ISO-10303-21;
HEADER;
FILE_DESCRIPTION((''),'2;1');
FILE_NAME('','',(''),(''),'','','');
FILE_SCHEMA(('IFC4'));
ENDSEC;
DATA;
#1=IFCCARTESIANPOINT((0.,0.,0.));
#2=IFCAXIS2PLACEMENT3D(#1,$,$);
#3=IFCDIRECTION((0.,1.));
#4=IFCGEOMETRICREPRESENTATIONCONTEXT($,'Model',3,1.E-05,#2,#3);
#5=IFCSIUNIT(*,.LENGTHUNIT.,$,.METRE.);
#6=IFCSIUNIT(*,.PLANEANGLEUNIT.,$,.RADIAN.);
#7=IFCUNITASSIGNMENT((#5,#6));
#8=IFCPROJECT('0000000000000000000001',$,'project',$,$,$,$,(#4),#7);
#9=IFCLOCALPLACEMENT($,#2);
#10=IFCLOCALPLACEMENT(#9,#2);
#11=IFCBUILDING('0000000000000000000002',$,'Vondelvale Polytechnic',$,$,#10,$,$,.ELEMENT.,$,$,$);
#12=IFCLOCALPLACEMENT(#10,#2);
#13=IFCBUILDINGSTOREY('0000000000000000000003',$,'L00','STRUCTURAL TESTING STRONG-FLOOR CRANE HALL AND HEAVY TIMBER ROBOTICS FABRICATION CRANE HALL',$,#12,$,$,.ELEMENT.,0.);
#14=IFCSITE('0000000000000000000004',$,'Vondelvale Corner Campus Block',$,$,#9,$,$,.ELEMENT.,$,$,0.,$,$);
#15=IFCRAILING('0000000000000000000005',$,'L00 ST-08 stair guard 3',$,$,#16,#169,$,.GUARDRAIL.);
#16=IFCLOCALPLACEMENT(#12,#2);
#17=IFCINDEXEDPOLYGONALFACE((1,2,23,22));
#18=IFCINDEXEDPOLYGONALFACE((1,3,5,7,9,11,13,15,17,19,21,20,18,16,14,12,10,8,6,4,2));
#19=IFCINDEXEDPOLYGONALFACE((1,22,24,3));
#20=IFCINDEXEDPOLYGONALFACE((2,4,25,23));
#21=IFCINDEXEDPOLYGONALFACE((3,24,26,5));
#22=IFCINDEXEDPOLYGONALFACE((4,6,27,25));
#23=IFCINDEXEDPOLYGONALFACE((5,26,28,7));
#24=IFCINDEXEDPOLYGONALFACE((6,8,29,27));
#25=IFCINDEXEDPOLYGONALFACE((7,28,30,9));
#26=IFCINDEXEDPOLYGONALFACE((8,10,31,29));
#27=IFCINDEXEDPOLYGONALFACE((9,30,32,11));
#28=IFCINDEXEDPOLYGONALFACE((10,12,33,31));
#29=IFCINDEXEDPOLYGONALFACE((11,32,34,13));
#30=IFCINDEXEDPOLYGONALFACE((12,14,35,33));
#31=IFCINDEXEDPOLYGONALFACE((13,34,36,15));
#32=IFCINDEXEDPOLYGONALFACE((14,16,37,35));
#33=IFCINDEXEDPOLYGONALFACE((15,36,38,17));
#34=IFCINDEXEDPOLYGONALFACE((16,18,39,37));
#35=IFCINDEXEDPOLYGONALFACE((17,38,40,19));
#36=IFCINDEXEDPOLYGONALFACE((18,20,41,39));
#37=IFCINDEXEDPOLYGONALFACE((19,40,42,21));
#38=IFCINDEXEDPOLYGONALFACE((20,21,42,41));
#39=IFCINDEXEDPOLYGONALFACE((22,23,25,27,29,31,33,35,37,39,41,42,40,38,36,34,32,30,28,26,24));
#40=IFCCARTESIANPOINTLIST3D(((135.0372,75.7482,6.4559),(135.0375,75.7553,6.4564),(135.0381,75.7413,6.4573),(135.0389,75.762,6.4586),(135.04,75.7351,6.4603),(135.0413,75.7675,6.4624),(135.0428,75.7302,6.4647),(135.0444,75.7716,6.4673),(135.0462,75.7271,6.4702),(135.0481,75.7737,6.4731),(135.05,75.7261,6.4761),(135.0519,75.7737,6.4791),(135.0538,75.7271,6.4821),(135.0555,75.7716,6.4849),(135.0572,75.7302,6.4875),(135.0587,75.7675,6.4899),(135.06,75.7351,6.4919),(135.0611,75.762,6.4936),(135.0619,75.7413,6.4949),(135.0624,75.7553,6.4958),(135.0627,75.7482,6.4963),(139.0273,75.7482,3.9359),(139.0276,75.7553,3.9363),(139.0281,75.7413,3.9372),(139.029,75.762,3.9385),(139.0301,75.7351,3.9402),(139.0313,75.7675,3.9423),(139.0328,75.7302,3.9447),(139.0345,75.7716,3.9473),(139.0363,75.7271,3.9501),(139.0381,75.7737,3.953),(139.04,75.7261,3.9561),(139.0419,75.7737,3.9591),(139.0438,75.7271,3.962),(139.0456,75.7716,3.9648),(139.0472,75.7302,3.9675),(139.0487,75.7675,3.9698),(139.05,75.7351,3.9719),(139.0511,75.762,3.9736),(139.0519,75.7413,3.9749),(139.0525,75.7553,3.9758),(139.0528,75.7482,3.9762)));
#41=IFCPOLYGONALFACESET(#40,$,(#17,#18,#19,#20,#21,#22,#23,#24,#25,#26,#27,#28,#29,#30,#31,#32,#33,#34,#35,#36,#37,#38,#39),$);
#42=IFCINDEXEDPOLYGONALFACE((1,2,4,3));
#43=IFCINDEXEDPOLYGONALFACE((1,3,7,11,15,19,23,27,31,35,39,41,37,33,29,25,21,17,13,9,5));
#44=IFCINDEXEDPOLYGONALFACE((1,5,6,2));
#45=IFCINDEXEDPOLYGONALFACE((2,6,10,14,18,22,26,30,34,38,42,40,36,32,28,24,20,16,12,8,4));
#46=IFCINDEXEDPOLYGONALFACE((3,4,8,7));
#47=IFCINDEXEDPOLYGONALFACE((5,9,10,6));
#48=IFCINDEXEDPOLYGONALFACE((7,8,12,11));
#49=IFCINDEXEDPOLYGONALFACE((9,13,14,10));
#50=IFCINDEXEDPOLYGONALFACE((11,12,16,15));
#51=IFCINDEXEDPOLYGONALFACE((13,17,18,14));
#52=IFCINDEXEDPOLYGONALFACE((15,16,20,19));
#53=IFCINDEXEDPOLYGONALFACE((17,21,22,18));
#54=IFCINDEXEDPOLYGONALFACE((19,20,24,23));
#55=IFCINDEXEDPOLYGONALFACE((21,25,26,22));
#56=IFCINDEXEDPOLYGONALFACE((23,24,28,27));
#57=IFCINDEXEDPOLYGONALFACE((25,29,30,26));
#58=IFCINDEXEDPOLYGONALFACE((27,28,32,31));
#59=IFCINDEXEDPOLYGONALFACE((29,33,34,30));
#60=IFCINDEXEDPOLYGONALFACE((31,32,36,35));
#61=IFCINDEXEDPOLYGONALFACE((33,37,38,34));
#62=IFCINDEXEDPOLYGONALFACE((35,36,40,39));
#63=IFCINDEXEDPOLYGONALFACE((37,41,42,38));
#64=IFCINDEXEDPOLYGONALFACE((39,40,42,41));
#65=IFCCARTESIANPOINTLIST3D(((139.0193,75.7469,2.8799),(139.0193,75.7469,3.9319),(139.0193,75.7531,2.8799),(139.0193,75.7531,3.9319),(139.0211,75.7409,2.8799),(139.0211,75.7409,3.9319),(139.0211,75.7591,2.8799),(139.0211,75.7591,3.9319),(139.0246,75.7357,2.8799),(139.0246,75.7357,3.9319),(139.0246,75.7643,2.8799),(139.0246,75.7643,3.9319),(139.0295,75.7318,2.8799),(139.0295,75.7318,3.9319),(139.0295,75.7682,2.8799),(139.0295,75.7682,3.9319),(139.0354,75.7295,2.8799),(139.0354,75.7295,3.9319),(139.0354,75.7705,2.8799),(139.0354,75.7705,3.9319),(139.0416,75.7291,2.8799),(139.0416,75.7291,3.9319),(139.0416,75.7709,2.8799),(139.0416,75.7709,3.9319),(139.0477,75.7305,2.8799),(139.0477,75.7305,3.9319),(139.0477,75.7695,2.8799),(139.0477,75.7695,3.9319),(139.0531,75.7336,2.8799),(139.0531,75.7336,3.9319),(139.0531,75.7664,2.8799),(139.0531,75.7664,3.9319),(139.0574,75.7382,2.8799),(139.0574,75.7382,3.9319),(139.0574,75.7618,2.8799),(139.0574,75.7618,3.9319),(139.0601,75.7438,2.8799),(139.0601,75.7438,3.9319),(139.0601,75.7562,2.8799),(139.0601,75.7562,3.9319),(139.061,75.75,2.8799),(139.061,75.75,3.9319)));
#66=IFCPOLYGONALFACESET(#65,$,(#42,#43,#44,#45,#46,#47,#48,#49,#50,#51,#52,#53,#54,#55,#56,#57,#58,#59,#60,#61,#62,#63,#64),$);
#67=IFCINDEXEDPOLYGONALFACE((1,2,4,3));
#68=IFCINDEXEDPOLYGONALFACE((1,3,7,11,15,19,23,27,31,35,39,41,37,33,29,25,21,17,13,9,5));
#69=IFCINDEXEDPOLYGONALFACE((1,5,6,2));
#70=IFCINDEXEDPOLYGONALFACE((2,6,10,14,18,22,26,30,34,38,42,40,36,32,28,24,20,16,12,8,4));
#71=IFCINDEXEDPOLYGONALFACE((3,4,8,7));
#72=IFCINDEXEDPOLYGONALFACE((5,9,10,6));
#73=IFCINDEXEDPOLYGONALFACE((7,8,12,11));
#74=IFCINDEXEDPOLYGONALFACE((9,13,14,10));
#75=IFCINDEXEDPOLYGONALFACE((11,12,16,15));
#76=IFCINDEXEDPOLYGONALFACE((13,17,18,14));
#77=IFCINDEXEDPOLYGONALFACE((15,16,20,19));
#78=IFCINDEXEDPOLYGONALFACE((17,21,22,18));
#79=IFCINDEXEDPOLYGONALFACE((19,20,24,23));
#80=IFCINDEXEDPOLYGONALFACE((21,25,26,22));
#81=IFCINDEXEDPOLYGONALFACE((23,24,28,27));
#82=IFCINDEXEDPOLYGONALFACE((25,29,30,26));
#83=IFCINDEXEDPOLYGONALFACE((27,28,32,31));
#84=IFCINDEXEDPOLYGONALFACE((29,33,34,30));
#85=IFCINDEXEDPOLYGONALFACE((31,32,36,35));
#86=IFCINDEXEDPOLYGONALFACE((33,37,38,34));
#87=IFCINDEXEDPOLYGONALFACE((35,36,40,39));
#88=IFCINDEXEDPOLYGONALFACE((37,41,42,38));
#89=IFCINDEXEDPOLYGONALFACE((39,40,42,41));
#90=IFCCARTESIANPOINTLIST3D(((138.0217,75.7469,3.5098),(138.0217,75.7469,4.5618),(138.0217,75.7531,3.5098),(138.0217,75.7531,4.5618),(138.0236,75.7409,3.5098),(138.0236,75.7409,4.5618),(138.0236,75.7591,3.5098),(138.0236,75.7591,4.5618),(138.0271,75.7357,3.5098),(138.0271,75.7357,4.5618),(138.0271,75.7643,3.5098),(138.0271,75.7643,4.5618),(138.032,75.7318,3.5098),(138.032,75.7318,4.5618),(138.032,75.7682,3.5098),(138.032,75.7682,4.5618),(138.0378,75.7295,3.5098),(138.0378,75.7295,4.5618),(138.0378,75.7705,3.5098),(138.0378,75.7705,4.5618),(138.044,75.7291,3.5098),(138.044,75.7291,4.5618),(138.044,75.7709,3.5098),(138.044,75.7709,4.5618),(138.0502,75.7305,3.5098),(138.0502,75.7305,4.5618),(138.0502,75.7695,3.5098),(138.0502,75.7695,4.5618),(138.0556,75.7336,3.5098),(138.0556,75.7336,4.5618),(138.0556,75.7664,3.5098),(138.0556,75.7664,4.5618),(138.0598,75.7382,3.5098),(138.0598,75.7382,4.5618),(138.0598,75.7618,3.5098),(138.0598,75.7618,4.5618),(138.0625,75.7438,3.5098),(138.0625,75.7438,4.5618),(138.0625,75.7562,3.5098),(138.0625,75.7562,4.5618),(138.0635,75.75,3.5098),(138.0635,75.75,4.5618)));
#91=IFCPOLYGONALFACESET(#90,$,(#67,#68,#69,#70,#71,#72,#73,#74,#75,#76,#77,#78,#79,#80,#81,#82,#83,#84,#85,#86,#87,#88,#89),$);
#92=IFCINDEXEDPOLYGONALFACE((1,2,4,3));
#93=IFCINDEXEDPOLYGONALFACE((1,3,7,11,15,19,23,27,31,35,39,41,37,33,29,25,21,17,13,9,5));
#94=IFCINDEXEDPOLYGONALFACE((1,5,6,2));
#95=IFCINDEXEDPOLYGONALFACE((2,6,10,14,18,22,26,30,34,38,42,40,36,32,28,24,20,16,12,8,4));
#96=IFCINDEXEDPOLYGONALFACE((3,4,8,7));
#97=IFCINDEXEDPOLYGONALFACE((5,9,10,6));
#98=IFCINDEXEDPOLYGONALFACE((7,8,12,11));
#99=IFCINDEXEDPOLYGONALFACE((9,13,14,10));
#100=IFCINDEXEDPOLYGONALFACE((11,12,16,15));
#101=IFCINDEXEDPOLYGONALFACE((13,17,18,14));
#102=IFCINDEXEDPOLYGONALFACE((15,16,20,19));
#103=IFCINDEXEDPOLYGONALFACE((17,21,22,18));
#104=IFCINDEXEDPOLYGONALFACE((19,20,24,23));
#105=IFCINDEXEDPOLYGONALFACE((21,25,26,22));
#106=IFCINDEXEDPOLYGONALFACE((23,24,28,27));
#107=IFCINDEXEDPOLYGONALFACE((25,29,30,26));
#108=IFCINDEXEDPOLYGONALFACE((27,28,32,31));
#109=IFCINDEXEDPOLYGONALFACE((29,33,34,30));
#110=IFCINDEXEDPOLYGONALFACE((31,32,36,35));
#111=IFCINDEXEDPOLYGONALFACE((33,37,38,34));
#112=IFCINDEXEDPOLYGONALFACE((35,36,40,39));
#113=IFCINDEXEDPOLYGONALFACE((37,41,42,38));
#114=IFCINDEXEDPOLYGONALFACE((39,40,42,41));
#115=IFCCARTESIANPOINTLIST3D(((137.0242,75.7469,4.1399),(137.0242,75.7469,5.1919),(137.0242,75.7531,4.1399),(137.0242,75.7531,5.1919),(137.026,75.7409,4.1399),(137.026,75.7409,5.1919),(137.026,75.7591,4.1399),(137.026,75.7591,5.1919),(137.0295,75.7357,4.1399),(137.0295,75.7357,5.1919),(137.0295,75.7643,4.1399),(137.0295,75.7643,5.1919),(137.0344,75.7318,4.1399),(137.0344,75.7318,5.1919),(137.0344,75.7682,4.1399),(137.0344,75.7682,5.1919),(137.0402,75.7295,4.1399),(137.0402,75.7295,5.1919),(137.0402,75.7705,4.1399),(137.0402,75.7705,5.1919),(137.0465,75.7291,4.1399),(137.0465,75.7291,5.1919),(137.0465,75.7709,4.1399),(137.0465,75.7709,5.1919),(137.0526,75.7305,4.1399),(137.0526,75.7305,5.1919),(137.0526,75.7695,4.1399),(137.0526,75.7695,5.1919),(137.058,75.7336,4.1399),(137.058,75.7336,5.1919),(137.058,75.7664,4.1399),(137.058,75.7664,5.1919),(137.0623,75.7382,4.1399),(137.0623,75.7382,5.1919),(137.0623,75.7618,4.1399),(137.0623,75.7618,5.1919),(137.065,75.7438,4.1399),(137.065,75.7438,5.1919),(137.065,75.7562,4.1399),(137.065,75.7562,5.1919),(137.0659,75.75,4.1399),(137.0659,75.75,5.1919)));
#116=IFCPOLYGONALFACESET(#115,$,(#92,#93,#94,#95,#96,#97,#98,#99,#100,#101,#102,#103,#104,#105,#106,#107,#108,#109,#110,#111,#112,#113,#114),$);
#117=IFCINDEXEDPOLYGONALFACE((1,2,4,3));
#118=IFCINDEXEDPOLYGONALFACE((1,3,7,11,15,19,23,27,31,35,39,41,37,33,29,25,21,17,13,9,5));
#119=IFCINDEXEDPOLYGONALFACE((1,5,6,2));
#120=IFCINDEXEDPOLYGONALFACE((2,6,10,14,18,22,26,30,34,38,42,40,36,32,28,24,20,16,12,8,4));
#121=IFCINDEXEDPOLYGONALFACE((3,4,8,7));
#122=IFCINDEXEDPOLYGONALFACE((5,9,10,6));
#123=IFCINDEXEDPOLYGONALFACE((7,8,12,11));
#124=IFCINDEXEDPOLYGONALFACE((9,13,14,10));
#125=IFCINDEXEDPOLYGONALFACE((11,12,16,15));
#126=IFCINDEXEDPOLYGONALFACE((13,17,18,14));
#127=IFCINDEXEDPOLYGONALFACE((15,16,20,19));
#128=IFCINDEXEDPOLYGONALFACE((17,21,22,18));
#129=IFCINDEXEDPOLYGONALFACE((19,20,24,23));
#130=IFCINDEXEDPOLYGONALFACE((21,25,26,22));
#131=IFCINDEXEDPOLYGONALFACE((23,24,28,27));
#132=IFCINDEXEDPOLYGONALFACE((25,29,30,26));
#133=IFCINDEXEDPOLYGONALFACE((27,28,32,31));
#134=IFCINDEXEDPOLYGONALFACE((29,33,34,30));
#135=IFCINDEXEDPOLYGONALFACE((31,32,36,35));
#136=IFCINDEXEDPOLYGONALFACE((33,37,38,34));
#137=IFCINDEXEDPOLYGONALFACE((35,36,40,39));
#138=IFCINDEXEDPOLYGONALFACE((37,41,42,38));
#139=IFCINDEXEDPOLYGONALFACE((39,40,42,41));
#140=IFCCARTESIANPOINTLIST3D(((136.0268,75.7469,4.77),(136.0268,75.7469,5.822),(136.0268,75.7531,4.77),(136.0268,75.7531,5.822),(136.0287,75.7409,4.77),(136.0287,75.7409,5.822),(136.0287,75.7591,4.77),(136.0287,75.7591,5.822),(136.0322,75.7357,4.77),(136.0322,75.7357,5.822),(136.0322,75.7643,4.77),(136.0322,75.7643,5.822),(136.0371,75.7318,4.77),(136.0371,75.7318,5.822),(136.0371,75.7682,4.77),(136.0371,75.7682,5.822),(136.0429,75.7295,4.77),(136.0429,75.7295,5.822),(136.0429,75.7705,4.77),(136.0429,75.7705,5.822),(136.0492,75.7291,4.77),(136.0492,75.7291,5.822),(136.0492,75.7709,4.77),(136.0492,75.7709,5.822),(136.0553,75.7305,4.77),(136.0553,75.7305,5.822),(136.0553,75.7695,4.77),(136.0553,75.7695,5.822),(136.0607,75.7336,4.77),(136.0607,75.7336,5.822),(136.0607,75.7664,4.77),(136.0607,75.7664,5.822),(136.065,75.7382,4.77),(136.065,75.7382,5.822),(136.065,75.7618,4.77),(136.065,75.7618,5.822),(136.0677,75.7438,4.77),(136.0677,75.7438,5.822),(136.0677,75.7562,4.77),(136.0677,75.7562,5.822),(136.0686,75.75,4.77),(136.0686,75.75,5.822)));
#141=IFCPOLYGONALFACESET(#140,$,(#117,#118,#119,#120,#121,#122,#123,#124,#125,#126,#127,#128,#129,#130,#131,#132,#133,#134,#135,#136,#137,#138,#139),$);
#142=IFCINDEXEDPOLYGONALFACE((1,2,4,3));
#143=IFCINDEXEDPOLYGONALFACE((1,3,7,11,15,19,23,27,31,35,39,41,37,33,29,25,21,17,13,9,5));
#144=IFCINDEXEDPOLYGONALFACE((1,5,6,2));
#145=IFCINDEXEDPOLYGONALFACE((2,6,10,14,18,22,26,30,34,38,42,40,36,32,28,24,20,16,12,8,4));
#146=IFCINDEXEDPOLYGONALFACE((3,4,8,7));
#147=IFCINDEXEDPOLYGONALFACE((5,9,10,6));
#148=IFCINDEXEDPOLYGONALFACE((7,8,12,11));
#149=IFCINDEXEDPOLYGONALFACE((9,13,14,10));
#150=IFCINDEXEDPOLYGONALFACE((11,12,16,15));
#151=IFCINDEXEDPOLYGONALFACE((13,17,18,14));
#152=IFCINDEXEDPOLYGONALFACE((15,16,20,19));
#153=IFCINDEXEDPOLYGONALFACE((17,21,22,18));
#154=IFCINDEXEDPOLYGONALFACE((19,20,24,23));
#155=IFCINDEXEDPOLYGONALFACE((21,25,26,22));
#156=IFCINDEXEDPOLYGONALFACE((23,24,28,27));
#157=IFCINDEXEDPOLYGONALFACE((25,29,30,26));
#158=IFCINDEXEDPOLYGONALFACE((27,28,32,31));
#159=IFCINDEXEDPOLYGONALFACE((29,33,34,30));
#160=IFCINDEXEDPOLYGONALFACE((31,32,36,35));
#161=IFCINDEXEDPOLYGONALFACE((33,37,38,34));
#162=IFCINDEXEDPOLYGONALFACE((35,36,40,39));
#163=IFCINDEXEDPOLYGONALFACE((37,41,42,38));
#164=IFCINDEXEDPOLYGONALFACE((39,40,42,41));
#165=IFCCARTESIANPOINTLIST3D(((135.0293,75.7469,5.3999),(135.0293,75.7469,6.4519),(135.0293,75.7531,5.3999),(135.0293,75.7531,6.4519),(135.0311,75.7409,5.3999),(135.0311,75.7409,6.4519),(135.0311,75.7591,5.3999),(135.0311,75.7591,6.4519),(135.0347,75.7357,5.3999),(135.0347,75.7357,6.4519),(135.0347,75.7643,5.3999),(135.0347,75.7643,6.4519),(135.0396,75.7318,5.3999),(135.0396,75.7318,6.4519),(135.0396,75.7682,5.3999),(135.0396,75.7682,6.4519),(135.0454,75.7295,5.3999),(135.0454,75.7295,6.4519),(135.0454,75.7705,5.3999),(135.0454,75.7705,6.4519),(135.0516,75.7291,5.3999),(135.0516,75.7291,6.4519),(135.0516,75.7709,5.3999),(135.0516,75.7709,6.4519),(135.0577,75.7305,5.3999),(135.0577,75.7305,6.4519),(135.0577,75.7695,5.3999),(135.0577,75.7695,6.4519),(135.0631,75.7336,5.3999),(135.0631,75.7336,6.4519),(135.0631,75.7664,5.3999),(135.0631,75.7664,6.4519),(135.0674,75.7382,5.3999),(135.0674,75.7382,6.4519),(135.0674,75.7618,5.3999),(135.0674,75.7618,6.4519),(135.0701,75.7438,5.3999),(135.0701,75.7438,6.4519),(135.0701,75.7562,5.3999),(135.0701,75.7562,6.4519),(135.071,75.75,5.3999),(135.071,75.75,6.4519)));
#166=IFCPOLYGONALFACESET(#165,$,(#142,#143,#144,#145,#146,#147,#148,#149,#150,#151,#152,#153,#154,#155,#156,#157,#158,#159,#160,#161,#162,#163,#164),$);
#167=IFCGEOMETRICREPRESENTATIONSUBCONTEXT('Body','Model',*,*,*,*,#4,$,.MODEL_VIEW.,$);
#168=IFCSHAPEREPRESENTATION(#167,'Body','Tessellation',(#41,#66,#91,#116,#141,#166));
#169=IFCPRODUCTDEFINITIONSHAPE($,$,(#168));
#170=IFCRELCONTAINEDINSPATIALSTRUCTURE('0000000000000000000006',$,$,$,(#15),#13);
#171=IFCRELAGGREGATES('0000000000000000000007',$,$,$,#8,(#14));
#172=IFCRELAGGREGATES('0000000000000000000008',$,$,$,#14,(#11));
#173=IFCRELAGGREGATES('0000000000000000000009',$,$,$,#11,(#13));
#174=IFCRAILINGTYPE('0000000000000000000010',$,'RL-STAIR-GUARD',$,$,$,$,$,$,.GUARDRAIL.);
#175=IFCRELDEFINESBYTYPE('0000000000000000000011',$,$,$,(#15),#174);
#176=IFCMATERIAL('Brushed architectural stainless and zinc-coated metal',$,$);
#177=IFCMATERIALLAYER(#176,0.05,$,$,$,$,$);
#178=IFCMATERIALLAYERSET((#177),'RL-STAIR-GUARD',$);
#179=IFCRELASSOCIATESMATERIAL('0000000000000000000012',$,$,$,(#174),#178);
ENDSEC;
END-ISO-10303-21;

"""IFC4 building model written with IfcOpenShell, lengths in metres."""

from ifc_helpers import new_model, si_unit, direction, frame, origin, origin_2d, place, context, subcontext, project, spatial, circle, extrude, material, layer, layer_set, type_object, element, save


model = new_model("IFC4")

# Units and contexts
model_context = context("Model", 3, precision=1e-05, world=origin(), true_north=direction((0.0, 1.0)))
body_context = subcontext(model_context, "Body", "Model", "MODEL_VIEW")
ifc_project = project(units=[si_unit("LENGTHUNIT", "METRE"), si_unit("PLANEANGLEUNIT", "RADIAN")], contexts=[model_context])

# Site, building, storey
site_placement = place(None, origin())
site = spatial("IfcSite", under=ifc_project, at=site_placement, Name="Vondelvale Corner Campus Block", CompositionType="ELEMENT", RefElevation=0.0)
building_placement = place(site_placement, origin())
building = spatial("IfcBuilding", under=site, at=building_placement, Name="Vondelvale Polytechnic", CompositionType="ELEMENT")
storey_placement = place(building_placement, origin())
storey = spatial("IfcBuildingStorey", under=building, at=storey_placement, Name="L00", Description="STRUCTURAL TESTING STRONG-FLOOR CRANE HALL AND HEAVY TIMBER ROBOTICS FABRICATION CRANE HALL", CompositionType="ELEMENT", Elevation=0.0)

# Railing
ifc_material_1 = material(Name="Brushed architectural stainless and zinc-coated metal")
ifc_layer_1 = layer(ifc_material_1, 0.05)
ifc_layer_set_1 = layer_set([ifc_layer_1], Name="RL-STAIR-GUARD")
railing_type_1 = type_object("IfcRailingType", Name="RL-STAIR-GUARD", PredefinedType="GUARDRAIL", material=ifc_layer_set_1)
railing_1_placement = place(storey_placement, frame((139.04, 75.75, 2.8799)))
element("IfcRailing", 1, at=railing_1_placement, inside=storey, type_object=railing_type_1, Name="L00 ST-08 stair guard 3", PredefinedType="GUARDRAIL", context=body_context, shape_type="SweptSolid", body=[
    extrude(circle(Radius=0.0239, at=origin_2d()), frame((0.0, 0.0, 1.0762), z_axis=(-0.845486, 0.0, 0.533997), x_axis=(0.0, -1.0, 0.0)), (0.0, 0.0, 1.0), 4.7192),
    extrude(circle(Radius=0.021, at=origin_2d()), origin(), (0.0, 0.0, 1.0), 1.052),
    extrude(circle(Radius=0.021, at=origin_2d()), frame((-0.9976, 0.0, 0.6299)), (0.0, 0.0, 1.0), 1.052),
    extrude(circle(Radius=0.021, at=origin_2d()), frame((-1.9951, 0.0, 1.26)), (0.0, 0.0, 1.0), 1.052),
    extrude(circle(Radius=0.021, at=origin_2d()), frame((-2.9924, 0.0, 1.8901)), (0.0, 0.0, 1.0), 1.052),
    extrude(circle(Radius=0.021, at=origin_2d()), frame((-3.99, 0.0, 2.52)), (0.0, 0.0, 1.0), 1.052),
])

save(model, "model.ifc")
